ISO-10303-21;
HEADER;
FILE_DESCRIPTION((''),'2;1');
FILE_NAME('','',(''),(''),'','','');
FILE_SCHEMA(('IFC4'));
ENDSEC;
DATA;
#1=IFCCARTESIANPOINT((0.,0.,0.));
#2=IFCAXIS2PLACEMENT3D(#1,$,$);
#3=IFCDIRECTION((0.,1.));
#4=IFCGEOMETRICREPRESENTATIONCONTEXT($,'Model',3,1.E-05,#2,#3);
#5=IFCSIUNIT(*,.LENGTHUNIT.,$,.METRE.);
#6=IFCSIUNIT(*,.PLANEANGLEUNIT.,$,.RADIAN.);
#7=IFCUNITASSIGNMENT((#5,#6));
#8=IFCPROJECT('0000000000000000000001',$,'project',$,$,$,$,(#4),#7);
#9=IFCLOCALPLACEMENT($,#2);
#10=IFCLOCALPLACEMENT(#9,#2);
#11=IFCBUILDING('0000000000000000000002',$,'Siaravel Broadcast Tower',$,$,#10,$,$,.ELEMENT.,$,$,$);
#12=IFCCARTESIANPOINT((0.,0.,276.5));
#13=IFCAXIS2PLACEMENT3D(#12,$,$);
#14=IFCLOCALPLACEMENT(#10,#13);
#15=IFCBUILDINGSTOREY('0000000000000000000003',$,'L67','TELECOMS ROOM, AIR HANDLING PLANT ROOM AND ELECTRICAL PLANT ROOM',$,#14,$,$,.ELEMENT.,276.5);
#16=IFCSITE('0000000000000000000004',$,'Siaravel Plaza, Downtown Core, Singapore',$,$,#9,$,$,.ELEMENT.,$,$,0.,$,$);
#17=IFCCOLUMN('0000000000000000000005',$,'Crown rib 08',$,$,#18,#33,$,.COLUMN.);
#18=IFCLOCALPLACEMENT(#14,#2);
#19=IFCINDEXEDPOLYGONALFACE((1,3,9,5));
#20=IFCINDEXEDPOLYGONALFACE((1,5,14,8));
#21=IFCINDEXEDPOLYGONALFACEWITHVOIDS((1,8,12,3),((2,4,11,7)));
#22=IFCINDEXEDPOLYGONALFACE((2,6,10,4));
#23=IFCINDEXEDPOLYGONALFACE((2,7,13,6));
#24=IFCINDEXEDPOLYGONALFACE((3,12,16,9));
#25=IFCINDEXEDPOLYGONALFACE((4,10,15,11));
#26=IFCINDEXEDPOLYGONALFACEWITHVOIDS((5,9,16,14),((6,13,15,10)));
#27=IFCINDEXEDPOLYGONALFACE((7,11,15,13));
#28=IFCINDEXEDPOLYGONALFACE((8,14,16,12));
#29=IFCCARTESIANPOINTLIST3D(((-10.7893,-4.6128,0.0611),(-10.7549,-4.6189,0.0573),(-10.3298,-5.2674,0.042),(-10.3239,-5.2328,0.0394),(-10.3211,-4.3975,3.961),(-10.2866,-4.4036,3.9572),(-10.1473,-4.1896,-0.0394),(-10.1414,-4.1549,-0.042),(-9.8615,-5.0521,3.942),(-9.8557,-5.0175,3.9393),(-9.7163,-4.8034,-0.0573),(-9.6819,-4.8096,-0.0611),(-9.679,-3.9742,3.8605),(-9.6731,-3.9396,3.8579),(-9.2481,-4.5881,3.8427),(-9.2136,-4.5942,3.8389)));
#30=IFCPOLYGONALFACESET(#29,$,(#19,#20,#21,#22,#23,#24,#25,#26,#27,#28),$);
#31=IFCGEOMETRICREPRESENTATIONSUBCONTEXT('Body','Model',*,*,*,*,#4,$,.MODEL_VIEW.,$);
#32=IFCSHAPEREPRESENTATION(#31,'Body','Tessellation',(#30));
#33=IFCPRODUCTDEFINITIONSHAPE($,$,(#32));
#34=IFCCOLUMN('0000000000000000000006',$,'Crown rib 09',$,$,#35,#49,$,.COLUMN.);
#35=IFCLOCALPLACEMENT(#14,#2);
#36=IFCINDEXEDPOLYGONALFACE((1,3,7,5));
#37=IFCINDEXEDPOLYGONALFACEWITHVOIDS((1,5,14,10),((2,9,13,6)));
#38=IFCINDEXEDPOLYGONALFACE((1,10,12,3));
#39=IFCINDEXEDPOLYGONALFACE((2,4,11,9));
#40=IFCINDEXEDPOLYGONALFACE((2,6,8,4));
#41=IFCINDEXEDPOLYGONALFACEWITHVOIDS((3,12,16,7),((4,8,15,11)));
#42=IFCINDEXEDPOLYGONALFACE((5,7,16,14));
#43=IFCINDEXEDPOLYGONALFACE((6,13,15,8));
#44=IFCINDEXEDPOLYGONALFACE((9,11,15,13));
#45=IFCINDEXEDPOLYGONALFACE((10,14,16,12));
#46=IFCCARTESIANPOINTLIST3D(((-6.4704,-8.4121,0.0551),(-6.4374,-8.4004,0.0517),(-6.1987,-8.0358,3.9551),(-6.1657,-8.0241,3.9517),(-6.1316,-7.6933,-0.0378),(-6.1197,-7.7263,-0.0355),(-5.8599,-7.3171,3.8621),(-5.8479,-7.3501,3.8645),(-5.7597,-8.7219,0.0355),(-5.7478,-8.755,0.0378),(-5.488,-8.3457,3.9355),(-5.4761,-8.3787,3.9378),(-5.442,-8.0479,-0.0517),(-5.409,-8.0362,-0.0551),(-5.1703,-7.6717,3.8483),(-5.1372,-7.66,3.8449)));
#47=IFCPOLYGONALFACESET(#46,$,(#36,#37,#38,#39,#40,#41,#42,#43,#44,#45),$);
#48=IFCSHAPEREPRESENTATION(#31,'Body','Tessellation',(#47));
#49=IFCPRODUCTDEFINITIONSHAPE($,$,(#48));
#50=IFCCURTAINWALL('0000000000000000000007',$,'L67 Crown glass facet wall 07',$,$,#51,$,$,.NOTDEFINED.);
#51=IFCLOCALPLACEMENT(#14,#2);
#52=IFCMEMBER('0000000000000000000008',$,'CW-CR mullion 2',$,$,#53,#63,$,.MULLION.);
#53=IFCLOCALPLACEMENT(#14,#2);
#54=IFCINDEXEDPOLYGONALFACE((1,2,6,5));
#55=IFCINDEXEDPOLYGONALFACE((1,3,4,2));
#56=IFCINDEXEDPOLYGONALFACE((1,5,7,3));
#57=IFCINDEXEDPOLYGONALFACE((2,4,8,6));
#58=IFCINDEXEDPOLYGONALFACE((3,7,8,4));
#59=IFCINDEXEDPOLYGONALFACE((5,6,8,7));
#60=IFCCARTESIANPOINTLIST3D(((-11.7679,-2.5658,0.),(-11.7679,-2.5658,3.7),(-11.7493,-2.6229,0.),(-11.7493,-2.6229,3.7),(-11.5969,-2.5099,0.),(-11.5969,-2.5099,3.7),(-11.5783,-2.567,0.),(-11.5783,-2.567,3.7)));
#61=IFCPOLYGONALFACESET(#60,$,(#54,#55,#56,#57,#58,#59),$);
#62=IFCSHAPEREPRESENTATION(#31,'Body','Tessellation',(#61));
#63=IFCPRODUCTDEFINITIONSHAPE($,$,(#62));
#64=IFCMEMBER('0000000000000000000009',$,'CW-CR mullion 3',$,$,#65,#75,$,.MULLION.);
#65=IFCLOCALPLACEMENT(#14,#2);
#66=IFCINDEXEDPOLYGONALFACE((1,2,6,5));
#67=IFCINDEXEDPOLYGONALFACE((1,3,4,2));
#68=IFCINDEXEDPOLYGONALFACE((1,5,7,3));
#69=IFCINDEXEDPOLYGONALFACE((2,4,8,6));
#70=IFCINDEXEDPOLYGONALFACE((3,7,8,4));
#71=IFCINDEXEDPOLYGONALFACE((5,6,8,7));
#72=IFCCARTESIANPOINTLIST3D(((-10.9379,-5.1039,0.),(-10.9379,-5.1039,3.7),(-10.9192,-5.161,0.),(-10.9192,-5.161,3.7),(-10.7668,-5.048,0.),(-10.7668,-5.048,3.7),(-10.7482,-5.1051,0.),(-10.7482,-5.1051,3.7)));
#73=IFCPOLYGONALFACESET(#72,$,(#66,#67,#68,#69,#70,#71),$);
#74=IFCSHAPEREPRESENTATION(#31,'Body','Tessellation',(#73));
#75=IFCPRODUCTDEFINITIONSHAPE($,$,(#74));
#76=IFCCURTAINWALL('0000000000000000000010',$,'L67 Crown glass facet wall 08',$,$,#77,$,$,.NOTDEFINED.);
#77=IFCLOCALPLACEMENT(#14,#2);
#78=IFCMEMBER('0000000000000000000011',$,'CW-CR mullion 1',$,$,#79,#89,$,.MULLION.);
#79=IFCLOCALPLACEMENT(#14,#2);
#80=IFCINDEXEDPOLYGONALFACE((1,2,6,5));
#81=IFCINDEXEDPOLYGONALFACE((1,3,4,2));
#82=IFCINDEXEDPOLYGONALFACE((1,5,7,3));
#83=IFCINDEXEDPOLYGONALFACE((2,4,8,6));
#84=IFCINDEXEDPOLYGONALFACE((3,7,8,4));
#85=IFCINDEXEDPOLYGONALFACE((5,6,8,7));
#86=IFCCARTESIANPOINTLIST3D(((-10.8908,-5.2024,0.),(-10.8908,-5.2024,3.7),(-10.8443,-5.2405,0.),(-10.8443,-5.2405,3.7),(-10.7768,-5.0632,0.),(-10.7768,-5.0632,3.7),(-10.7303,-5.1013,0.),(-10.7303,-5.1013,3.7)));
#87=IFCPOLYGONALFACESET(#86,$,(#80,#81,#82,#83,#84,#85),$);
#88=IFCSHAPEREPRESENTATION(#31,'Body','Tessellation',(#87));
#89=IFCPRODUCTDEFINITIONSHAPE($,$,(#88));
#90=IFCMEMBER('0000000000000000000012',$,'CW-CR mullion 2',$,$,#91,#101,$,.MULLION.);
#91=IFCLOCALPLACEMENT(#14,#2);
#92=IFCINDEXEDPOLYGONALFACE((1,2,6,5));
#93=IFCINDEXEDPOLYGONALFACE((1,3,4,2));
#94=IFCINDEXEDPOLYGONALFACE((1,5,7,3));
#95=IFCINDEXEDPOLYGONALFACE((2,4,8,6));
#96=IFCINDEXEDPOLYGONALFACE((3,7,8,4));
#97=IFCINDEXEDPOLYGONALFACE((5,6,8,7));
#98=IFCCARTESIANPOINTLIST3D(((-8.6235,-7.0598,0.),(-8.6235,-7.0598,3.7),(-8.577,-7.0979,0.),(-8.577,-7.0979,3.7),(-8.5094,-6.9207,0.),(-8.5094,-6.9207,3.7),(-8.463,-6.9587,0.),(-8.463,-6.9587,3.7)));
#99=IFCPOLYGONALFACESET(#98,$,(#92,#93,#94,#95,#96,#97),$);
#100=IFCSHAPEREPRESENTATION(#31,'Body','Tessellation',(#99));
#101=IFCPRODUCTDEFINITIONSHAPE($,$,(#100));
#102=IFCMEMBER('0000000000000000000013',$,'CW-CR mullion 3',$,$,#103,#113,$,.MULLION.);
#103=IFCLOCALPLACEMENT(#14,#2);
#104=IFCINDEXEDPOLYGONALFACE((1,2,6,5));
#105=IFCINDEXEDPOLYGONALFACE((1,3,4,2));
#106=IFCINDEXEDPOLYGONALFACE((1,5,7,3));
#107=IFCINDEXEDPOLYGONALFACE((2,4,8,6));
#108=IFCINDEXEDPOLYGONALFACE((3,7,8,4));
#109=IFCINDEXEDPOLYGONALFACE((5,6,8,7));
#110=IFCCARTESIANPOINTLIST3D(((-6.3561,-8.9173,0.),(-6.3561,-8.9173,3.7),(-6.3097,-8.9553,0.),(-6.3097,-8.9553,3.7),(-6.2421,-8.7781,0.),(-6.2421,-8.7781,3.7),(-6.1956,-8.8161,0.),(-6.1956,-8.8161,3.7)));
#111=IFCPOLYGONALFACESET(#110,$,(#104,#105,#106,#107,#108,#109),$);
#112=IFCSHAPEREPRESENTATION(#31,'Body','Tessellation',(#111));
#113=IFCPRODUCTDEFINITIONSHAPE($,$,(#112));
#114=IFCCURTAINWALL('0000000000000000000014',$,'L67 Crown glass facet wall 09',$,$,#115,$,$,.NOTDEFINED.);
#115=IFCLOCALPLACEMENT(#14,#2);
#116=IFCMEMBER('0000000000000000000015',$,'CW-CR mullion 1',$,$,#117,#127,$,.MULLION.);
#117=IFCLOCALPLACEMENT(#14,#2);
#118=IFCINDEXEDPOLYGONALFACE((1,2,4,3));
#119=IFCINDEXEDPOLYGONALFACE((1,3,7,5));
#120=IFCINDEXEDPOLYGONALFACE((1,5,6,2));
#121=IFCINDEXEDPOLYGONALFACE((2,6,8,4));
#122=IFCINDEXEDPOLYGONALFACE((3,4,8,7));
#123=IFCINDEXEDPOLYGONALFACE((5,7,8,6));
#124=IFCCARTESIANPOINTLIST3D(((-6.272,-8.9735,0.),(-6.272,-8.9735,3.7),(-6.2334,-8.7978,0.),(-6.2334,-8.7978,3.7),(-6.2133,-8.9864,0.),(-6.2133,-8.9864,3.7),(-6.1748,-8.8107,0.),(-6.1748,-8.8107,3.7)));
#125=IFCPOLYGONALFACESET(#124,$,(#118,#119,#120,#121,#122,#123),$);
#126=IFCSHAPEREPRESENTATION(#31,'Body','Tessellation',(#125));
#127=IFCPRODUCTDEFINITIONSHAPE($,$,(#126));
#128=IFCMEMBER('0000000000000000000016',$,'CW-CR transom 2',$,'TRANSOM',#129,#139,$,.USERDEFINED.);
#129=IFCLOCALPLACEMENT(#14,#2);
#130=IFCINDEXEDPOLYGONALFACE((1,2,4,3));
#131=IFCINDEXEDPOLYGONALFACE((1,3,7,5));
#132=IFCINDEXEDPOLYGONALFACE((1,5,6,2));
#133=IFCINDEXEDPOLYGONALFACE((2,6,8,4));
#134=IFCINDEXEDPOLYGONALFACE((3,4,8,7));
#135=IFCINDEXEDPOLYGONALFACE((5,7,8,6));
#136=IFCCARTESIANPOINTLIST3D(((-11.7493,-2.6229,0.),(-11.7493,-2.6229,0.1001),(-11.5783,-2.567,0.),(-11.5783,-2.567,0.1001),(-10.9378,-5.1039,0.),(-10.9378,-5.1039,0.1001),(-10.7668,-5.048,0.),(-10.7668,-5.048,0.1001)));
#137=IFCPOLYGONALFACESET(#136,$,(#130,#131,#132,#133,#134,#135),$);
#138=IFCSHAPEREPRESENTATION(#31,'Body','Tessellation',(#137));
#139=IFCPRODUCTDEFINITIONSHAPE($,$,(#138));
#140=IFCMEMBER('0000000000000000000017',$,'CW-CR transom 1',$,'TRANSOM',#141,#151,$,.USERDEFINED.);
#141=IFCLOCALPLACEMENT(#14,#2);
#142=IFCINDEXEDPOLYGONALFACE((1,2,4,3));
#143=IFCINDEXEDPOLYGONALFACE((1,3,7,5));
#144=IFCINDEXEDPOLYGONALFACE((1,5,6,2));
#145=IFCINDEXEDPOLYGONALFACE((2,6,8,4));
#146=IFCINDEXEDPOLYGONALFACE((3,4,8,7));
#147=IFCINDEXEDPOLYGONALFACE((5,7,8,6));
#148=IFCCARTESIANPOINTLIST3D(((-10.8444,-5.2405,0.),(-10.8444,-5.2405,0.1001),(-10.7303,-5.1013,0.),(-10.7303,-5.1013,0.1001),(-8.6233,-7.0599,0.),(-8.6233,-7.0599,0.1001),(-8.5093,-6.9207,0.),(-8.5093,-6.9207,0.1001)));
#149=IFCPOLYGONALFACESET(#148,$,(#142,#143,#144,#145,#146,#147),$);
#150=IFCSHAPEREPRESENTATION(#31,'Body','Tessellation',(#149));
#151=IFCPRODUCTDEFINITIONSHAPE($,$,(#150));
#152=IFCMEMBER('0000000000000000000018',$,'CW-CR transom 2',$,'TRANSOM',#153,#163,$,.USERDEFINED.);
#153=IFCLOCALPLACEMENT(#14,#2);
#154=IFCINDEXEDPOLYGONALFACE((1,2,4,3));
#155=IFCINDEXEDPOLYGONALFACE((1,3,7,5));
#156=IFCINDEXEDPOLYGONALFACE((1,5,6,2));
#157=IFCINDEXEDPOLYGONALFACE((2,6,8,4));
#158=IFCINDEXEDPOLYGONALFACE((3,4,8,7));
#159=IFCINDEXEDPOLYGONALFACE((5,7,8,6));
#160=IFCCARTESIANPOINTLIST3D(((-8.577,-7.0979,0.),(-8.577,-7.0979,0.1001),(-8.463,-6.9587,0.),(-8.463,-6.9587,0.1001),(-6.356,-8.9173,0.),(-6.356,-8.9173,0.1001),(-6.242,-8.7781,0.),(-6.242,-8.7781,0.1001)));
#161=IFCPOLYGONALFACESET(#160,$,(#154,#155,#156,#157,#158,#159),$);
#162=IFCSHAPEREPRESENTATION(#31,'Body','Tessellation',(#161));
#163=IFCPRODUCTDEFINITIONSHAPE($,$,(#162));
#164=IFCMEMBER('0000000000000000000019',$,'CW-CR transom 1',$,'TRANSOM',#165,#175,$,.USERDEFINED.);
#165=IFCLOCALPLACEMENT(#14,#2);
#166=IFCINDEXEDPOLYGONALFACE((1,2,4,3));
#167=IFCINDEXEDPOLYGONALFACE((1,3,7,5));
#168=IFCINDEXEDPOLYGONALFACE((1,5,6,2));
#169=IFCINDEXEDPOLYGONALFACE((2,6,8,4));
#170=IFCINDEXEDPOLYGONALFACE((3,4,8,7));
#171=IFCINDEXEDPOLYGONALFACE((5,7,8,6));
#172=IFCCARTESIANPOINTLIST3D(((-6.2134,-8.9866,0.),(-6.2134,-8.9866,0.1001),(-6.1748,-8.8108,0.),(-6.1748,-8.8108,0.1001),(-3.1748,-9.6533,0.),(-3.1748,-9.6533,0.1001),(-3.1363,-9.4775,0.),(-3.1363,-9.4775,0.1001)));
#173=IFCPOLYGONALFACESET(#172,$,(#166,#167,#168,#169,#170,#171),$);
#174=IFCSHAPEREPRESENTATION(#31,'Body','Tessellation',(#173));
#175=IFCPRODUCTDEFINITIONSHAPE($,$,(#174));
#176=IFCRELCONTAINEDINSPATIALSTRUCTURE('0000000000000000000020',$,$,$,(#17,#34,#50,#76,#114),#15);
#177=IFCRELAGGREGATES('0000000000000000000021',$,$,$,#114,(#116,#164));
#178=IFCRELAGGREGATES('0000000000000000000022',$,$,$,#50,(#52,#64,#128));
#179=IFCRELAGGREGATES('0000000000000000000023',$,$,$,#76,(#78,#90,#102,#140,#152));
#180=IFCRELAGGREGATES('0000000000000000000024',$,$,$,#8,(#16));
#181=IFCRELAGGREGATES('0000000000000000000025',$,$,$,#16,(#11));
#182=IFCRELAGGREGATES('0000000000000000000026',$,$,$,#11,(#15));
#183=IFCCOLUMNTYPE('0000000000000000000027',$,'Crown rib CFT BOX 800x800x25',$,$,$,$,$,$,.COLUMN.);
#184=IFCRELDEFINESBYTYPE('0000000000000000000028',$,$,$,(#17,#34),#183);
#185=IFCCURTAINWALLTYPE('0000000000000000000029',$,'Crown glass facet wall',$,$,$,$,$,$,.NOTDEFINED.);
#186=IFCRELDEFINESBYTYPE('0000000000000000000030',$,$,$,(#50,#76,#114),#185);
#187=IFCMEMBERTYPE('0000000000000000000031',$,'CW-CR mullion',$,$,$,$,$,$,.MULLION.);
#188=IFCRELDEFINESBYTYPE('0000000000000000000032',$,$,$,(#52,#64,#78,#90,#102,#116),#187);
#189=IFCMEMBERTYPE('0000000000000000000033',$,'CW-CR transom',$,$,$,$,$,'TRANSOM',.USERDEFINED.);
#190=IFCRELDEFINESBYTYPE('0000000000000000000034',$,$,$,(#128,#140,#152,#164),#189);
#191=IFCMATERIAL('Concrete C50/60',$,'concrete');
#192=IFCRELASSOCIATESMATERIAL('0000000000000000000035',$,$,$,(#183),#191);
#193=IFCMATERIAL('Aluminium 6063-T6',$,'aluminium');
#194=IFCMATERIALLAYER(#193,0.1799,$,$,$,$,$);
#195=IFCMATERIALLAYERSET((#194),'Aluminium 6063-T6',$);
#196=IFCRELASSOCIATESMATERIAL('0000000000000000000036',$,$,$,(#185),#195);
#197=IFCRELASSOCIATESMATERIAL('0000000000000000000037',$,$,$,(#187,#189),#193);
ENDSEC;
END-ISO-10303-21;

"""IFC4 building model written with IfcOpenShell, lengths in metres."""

from ifc_helpers import new_model, si_unit, direction, frame, origin, origin_2d, place, context, subcontext, project, spatial, rectangle, hollow_rectangle, extrude, material, layer, layer_set, material_profile, profile_set, type_object, element, aggregate, save


model = new_model("IFC4")

# Units and contexts
model_context = context("Model", 3, precision=1e-05, world=origin(), true_north=direction((0.0, 1.0)))
body_context = subcontext(model_context, "Body", "Model", "MODEL_VIEW")
ifc_project = project(units=[si_unit("LENGTHUNIT", "METRE"), si_unit("PLANEANGLEUNIT", "RADIAN")], contexts=[model_context])

# Site, building, storey
site_placement = place(None, origin())
site = spatial("IfcSite", under=ifc_project, at=site_placement, Name="Siaravel Plaza, Downtown Core, Singapore", CompositionType="ELEMENT", RefElevation=0.0)
building_placement = place(site_placement, origin())
building = spatial("IfcBuilding", under=site, at=building_placement, Name="Siaravel Broadcast Tower", CompositionType="ELEMENT")
storey_placement = place(building_placement, frame((0.0, 0.0, 276.5)))
storey = spatial("IfcBuildingStorey", under=building, at=storey_placement, Name="L67", Description="TELECOMS ROOM, AIR HANDLING PLANT ROOM AND ELECTRICAL PLANT ROOM", CompositionType="ELEMENT", Elevation=276.5)

# Columns
ifc_material_1 = material(Name="Concrete C50/60", Category="concrete")
ifc_material_profile_1 = material_profile(ifc_material_1, hollow_rectangle(XDim=0.8, YDim=0.8, WallThickness=0.0249, at=origin_2d()))
ifc_profile_set_1 = profile_set([ifc_material_profile_1], Name="Concrete C50/60")
column_type = type_object("IfcColumnType", Name="Crown rib CFT BOX 800x800x25", PredefinedType="COLUMN", material=ifc_profile_set_1)
column_1_placement = place(storey_placement, frame((-10.2356, -4.7112, 0.0), z_axis=(0.119035, 0.054739, 0.99138), x_axis=(-0.574404, 0.818226, 0.023791)))
element("IfcColumn", 1, at=column_1_placement, inside=storey, type_object=column_type, Name="Crown rib 08", PredefinedType="COLUMN", context=body_context, shape_type="SweptSolid", body=[
    extrude(hollow_rectangle(XDim=0.8, YDim=0.8, WallThickness=0.0249, at=origin_2d()), origin(), (0.0, 0.0, 1.0), 3.9338),
])
column_2_placement = place(storey_placement, frame((-5.9397, -8.2241, 0.0), z_axis=(0.069188, 0.095793, 0.992994), x_axis=(-0.903243, 0.428585, 0.021589)))
element("IfcColumn", 2, at=column_2_placement, inside=storey, type_object=column_type, Name="Crown rib 09", PredefinedType="COLUMN", context=body_context, shape_type="SweptSolid", body=[
    extrude(hollow_rectangle(XDim=0.8, YDim=0.8, WallThickness=0.0249, at=origin_2d()), origin(), (0.0, 0.0, 1.0), 3.9275),
])

# Curtain walls, members
ifc_material_2 = material(Name="Aluminium 6063-T6", Category="aluminium")
ifc_layer_1 = layer(ifc_material_2, 0.1799)
ifc_layer_set_1 = layer_set([ifc_layer_1], Name="Aluminium 6063-T6")
curtain_wall_type = type_object("IfcCurtainWallType", Name="Crown glass facet wall", PredefinedType="NOTDEFINED", material=ifc_layer_set_1)
curtain_wall_1_placement = place(storey_placement, origin())
curtain_wall_1 = element("IfcCurtainWall", 3, at=curtain_wall_1_placement, inside=storey, type_object=curtain_wall_type, Name="L67 Crown glass facet wall 07", PredefinedType="NOTDEFINED")
ifc_material_profile_2 = material_profile(ifc_material_2, rectangle(XDim=0.1799, YDim=0.0601, at=origin_2d()))
ifc_profile_set_2 = profile_set([ifc_material_profile_2], Name="Aluminium 6063-T6")
member_type_1 = type_object("IfcMemberType", Name="CW-CR mullion", PredefinedType="MULLION", material=ifc_profile_set_2)
member_1_placement = place(storey_placement, frame((-11.6731, -2.5664, 0.0), z_axis=(0.0, 0.0, 1.0), x_axis=(0.950456, 0.31086, 0.0)))
member_1 = element("IfcMember", 4, at=member_1_placement, type_object=member_type_1, Name="CW-CR mullion 2", PredefinedType="MULLION", context=body_context, shape_type="SweptSolid", body=[
    extrude(rectangle(XDim=0.1799, YDim=0.0601, at=origin_2d()), origin(), (0.0, 0.0, 1.0), 3.7),
])
member_2_placement = place(storey_placement, frame((-10.843, -5.1045, 0.0), z_axis=(0.0, 0.0, 1.0), x_axis=(0.950456, 0.31086, 0.0)))
member_2 = element("IfcMember", 5, at=member_2_placement, type_object=member_type_1, Name="CW-CR mullion 3", PredefinedType="MULLION", context=body_context, shape_type="SweptSolid", body=[
    extrude(rectangle(XDim=0.1799, YDim=0.0601, at=origin_2d()), origin(), (0.0, 0.0, 1.0), 3.7),
])
curtain_wall_2_placement = place(storey_placement, origin())
curtain_wall_2 = element("IfcCurtainWall", 6, at=curtain_wall_2_placement, inside=storey, type_object=curtain_wall_type, Name="L67 Crown glass facet wall 08", PredefinedType="NOTDEFINED")
member_3_placement = place(storey_placement, frame((-10.8105, -5.1519, 0.0), z_axis=(0.0, 0.0, 1.0), x_axis=(0.633713, 0.773569, 0.0)))
member_3 = element("IfcMember", 7, at=member_3_placement, type_object=member_type_1, Name="CW-CR mullion 1", PredefinedType="MULLION", context=body_context, shape_type="SweptSolid", body=[
    extrude(rectangle(XDim=0.1799, YDim=0.0601, at=origin_2d()), origin(), (0.0, 0.0, 1.0), 3.7),
])
member_4_placement = place(storey_placement, frame((-8.5432, -7.0093, 0.0), z_axis=(0.0, 0.0, 1.0), x_axis=(0.633713, 0.773569, 0.0)))
member_4 = element("IfcMember", 8, at=member_4_placement, type_object=member_type_1, Name="CW-CR mullion 2", PredefinedType="MULLION", context=body_context, shape_type="SweptSolid", body=[
    extrude(rectangle(XDim=0.1799, YDim=0.0601, at=origin_2d()), origin(), (0.0, 0.0, 1.0), 3.7),
])
member_5_placement = place(storey_placement, frame((-6.2759, -8.8667, 0.0), z_axis=(0.0, 0.0, 1.0), x_axis=(0.633713, 0.773569, 0.0)))
member_5 = element("IfcMember", 9, at=member_5_placement, type_object=member_type_1, Name="CW-CR mullion 3", PredefinedType="MULLION", context=body_context, shape_type="SweptSolid", body=[
    extrude(rectangle(XDim=0.1799, YDim=0.0601, at=origin_2d()), origin(), (0.0, 0.0, 1.0), 3.7),
])

# Curtain wall, member
curtain_wall_3_placement = place(storey_placement, origin())
curtain_wall_3 = element("IfcCurtainWall", 10, at=curtain_wall_3_placement, inside=storey, type_object=curtain_wall_type, Name="L67 Crown glass facet wall 09", PredefinedType="NOTDEFINED")
member_6_placement = place(storey_placement, frame((-6.2234, -8.8921, 0.0), z_axis=(0.0, 0.0, 1.0), x_axis=(0.214394, 0.976747, 0.0)))
member_6 = element("IfcMember", 11, at=member_6_placement, type_object=member_type_1, Name="CW-CR mullion 1", PredefinedType="MULLION", context=body_context, shape_type="SweptSolid", body=[
    extrude(rectangle(XDim=0.1799, YDim=0.0601, at=origin_2d()), origin(), (0.0, 0.0, 1.0), 3.7),
])

# Members
ifc_material_profile_3 = material_profile(ifc_material_2, rectangle(XDim=0.1799, YDim=0.1001, at=origin_2d()))
ifc_profile_set_3 = profile_set([ifc_material_profile_3], Name="Aluminium 6063-T6")
member_type_2 = type_object("IfcMemberType", Name="CW-CR transom", ElementType="TRANSOM", PredefinedType="USERDEFINED", material=ifc_profile_set_3)
member_7_placement = place(storey_placement, frame((-11.6638, -2.595, 0.05), z_axis=(0.310892, -0.950445, 0.0), x_axis=(0.950445, 0.310892, 0.0)))
member_7 = element("IfcMember", 12, at=member_7_placement, type_object=member_type_2, Name="CW-CR transom 2", ObjectType="TRANSOM", PredefinedType="USERDEFINED", context=body_context, shape_type="SweptSolid", body=[
    extrude(rectangle(XDim=0.1799, YDim=0.1001, at=origin_2d()), origin(), (0.0, 0.0, 1.0), 2.6104),
])
member_8_placement = place(storey_placement, frame((-10.7874, -5.1709, 0.05), z_axis=(0.773582, -0.633696, 0.0), x_axis=(0.633696, 0.773582, 0.0)))
member_8 = element("IfcMember", 13, at=member_8_placement, type_object=member_type_2, Name="CW-CR transom 1", ObjectType="TRANSOM", PredefinedType="USERDEFINED", context=body_context, shape_type="SweptSolid", body=[
    extrude(rectangle(XDim=0.1799, YDim=0.1001, at=origin_2d()), origin(), (0.0, 0.0, 1.0), 2.8711),
])
member_9_placement = place(storey_placement, frame((-8.52, -7.0283, 0.05), z_axis=(0.773582, -0.633696, 0.0), x_axis=(0.633696, 0.773582, 0.0)))
member_9 = element("IfcMember", 14, at=member_9_placement, type_object=member_type_2, Name="CW-CR transom 2", ObjectType="TRANSOM", PredefinedType="USERDEFINED", context=body_context, shape_type="SweptSolid", body=[
    extrude(rectangle(XDim=0.1799, YDim=0.1001, at=origin_2d()), origin(), (0.0, 0.0, 1.0), 2.8711),
])
member_10_placement = place(storey_placement, frame((-6.1941, -8.8987, 0.05), z_axis=(0.976762, -0.214329, 0.0), x_axis=(0.214329, 0.976762, 0.0)))
member_10 = element("IfcMember", 15, at=member_10_placement, type_object=member_type_2, Name="CW-CR transom 1", ObjectType="TRANSOM", PredefinedType="USERDEFINED", context=body_context, shape_type="SweptSolid", body=[
    extrude(rectangle(XDim=0.1799, YDim=0.1001, at=origin_2d()), origin(), (0.0, 0.0, 1.0), 3.1108),
])
aggregate(curtain_wall_3, [member_6, member_10])

aggregate(curtain_wall_1, [member_1, member_2, member_7])
aggregate(curtain_wall_2, [member_3, member_4, member_5, member_8, member_9])

save(model, "model.ifc")
